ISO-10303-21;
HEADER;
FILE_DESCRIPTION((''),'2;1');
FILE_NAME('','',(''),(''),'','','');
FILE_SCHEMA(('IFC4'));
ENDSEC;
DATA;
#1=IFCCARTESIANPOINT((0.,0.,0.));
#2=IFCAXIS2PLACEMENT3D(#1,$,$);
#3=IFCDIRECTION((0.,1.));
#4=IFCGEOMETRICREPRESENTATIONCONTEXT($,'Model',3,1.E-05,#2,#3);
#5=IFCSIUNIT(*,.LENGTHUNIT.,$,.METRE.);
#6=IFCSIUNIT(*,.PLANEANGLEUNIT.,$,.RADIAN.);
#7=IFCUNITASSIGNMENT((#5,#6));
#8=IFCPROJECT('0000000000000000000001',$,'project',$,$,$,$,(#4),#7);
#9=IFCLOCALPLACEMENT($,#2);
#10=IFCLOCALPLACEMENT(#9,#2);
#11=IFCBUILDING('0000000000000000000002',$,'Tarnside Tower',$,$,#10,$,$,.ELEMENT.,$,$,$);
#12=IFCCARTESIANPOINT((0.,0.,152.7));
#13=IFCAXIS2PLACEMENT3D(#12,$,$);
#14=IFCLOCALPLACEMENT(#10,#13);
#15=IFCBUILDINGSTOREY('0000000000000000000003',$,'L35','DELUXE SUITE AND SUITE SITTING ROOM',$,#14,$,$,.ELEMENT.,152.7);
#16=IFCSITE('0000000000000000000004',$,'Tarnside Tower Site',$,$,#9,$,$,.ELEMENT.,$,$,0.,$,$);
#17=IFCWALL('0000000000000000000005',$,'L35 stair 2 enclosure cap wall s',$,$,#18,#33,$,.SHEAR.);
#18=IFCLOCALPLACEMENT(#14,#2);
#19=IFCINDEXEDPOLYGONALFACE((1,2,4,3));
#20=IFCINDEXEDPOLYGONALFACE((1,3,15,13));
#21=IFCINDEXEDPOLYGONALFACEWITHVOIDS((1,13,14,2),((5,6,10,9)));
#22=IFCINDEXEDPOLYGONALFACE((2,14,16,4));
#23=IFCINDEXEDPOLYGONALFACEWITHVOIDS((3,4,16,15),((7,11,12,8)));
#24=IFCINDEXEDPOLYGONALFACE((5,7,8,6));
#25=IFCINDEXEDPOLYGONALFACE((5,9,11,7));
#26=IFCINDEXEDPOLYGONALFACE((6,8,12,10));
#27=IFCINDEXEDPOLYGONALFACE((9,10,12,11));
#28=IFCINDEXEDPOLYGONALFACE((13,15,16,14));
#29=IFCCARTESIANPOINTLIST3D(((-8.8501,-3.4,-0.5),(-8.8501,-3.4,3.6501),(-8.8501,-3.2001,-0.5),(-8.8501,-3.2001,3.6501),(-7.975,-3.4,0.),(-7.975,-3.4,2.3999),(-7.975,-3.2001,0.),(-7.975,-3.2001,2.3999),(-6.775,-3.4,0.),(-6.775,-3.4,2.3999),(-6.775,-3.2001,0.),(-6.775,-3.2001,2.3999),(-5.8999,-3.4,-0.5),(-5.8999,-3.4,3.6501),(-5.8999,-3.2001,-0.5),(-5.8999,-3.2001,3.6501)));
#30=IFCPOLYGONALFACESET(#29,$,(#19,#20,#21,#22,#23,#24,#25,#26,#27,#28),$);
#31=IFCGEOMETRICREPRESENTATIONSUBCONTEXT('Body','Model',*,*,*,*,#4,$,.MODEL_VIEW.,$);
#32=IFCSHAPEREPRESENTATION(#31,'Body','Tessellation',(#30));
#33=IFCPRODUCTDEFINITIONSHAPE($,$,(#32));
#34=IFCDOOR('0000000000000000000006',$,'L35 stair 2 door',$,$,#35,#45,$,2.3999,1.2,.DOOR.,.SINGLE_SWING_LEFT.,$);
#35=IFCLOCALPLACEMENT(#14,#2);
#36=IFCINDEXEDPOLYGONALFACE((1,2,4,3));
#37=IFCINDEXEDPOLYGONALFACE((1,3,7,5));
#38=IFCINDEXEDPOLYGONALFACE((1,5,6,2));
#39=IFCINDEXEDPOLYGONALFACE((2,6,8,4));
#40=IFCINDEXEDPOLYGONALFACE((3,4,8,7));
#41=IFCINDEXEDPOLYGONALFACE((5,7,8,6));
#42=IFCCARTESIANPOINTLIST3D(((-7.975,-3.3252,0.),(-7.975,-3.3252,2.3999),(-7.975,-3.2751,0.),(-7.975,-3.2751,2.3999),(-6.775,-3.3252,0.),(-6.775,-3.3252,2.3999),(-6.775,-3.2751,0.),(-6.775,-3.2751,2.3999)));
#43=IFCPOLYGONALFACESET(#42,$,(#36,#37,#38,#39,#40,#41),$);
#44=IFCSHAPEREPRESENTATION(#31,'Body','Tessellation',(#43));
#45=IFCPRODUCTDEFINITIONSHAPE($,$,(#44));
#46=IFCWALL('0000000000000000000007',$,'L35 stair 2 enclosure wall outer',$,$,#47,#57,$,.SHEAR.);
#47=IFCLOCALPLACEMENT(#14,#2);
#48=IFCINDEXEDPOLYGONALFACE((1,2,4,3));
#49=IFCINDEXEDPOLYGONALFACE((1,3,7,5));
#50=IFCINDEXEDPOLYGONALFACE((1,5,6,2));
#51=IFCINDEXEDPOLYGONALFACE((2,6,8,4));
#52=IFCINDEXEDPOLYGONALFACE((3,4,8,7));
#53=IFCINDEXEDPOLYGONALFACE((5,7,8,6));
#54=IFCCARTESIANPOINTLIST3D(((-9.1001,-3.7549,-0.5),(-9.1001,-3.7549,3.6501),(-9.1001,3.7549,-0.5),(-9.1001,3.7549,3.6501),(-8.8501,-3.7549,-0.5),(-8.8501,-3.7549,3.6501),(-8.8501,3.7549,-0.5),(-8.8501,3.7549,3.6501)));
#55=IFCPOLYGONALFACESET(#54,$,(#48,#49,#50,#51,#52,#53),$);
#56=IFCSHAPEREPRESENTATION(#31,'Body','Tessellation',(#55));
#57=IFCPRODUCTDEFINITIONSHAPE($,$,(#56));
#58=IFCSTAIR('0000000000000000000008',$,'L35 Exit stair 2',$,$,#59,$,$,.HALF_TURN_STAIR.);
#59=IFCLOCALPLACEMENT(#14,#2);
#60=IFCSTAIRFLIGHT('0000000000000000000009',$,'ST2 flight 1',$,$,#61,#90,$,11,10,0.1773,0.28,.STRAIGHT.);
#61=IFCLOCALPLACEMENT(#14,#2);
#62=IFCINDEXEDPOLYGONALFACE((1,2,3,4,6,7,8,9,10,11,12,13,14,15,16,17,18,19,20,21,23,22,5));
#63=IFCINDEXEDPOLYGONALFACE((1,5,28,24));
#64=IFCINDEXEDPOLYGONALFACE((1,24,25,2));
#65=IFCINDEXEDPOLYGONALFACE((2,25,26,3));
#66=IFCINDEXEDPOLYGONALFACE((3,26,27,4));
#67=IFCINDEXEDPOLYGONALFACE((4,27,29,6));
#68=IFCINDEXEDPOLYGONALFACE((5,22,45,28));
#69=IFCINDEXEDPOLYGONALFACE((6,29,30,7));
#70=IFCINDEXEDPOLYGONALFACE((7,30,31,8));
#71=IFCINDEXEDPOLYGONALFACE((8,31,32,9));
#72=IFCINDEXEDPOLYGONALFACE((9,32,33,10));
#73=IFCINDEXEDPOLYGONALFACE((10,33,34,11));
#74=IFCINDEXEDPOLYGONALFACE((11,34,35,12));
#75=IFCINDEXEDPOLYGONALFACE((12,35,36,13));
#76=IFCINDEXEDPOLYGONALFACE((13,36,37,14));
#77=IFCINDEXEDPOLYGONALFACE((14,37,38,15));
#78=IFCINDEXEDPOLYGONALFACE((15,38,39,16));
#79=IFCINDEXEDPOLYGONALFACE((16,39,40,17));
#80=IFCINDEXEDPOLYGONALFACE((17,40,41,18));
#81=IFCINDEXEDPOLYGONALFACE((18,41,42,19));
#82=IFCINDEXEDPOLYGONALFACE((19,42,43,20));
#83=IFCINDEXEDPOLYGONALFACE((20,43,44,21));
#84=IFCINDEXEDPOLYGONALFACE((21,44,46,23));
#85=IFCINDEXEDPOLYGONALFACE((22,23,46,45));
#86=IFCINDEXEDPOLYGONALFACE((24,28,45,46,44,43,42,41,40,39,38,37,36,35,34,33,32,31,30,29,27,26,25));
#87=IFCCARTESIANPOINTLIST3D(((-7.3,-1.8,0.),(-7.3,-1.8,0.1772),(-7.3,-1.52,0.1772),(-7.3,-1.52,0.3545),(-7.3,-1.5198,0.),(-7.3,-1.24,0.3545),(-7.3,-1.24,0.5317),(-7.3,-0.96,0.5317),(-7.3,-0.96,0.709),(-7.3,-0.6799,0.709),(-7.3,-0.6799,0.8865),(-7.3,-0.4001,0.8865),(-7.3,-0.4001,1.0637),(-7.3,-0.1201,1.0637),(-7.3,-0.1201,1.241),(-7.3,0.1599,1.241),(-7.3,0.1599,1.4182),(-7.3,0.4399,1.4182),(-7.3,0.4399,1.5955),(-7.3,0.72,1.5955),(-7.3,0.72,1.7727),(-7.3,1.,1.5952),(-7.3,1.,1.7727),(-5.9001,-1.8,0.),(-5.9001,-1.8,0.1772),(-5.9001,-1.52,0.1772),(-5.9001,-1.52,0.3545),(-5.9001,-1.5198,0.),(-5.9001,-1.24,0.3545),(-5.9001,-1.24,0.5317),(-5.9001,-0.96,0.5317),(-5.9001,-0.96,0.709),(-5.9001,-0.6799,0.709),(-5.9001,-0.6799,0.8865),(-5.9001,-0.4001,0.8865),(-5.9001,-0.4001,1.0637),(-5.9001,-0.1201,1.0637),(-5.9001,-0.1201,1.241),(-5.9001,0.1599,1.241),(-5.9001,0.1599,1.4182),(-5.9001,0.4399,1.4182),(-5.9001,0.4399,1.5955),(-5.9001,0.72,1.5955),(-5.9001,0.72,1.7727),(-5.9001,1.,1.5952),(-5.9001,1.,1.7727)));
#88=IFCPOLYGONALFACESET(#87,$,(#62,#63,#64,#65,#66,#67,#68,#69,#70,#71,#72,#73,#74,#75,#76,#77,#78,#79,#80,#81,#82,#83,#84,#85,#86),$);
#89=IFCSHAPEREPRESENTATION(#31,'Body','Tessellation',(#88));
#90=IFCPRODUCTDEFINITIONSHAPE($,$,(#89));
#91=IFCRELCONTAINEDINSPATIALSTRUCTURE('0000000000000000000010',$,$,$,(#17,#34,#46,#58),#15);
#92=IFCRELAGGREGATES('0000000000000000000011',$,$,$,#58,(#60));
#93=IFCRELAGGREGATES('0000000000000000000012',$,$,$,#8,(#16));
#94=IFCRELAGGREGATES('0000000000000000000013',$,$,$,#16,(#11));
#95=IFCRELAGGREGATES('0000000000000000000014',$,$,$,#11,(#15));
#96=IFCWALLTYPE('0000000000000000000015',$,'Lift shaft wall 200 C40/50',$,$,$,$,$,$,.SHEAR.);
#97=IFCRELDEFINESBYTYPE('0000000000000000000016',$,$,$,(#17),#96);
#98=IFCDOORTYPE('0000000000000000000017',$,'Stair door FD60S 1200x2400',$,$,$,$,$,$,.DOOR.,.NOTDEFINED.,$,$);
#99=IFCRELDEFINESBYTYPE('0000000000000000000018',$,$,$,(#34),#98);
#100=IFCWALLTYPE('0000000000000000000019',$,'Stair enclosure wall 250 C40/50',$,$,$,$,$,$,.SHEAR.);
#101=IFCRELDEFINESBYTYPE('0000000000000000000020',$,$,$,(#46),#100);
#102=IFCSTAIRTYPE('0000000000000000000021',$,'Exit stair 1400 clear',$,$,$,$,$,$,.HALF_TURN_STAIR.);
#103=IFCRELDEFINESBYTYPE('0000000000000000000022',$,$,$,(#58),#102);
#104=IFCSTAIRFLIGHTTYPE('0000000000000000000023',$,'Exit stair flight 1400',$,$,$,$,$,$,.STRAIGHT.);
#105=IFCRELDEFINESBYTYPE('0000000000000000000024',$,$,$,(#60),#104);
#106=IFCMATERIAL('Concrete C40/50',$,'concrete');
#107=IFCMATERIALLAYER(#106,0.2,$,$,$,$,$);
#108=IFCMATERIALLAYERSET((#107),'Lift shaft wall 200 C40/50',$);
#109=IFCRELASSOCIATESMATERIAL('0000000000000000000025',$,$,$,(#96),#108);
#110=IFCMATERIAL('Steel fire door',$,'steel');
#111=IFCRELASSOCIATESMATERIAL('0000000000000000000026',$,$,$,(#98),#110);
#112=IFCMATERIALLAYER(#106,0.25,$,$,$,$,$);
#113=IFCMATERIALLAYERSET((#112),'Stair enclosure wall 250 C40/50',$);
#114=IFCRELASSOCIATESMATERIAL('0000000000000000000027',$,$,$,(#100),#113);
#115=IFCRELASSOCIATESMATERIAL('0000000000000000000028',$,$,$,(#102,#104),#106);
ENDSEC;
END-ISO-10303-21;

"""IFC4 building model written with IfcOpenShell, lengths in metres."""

from ifc_helpers import new_model, si_unit, direction, frame, frame_2d, origin, place, context, subcontext, project, spatial, polyline, rectangle, outline, extrude, material, layer, layer_set, type_object, element, fill, aggregate, save


model = new_model("IFC4")

# Units and contexts
model_context = context("Model", 3, precision=1e-05, world=origin(), true_north=direction((0.0, 1.0)))
body_context = subcontext(model_context, "Body", "Model", "MODEL_VIEW")
ifc_project = project(units=[si_unit("LENGTHUNIT", "METRE"), si_unit("PLANEANGLEUNIT", "RADIAN")], contexts=[model_context])

# Site, building, storey
site_placement = place(None, origin())
site = spatial("IfcSite", under=ifc_project, at=site_placement, Name="Tarnside Tower Site", CompositionType="ELEMENT", RefElevation=0.0)
building_placement = place(site_placement, origin())
building = spatial("IfcBuilding", under=site, at=building_placement, Name="Tarnside Tower", CompositionType="ELEMENT")
storey_placement = place(building_placement, frame((0.0, 0.0, 152.7)))
storey = spatial("IfcBuildingStorey", under=building, at=storey_placement, Name="L35", Description="DELUXE SUITE AND SUITE SITTING ROOM", CompositionType="ELEMENT", Elevation=152.7)

# Shared definitions
ifc_material_1 = material(Name="Steel fire door", Category="steel")

# Shared definitions
ifc_material_2 = material(Name="Concrete C40/50", Category="concrete")
ifc_layer_1 = layer(ifc_material_2, 0.2)
ifc_layer_set_1 = layer_set([ifc_layer_1], Name="Lift shaft wall 200 C40/50")
wall_type_1 = type_object("IfcWallType", Name="Lift shaft wall 200 C40/50", PredefinedType="SHEAR", material=ifc_layer_set_1)

# Wall, opening, door
wall_1_placement = place(storey_placement, frame((-8.8501, -3.3, -0.5), z_axis=(0.0, 0.0, 1.0), x_axis=(1.0, 0.0, 0.0)))
wall_1 = element("IfcWall", 1, at=wall_1_placement, inside=storey, type_object=wall_type_1, Name="L35 stair 2 enclosure cap wall s", PredefinedType="SHEAR", context=body_context, shape_type="SweptSolid", body=[
    extrude(rectangle(XDim=2.9502, YDim=0.2, at=frame_2d((1.4751, 0.0))), origin(), (0.0, 0.0, 1.0), 4.1501),
])
opening_1_placement = place(wall_1_placement, frame((0.875, 0.0, 0.5)))
opening_1 = element("IfcOpeningElement", 2, at=opening_1_placement, cuts=wall_1, PredefinedType="OPENING", context=body_context, shape_type="SweptSolid", body=[
    extrude(rectangle(XDim=1.2, YDim=2.3999, at=frame_2d((0.6001, 1.2))), frame((0.0, 0.1099, 0.0), z_axis=(0.0, -1.0, 0.0), x_axis=(1.0, 0.0, 0.0)), (0.0, 0.0, 1.0), 0.22),
])
door_type_1 = type_object("IfcDoorType", Name="Stair door FD60S 1200x2400", OperationType="NOTDEFINED", PredefinedType="DOOR", material=ifc_material_1)
door_1_placement = place(opening_1_placement, origin())
door_1 = element("IfcDoor", 3, at=door_1_placement, inside=storey, type_object=door_type_1, Name="L35 stair 2 door", OperationType="SINGLE_SWING_LEFT", OverallHeight=2.3999, OverallWidth=1.2, PredefinedType="DOOR", context=body_context, shape_type="SweptSolid", body=[
    extrude(rectangle(XDim=1.2, YDim=2.3999, at=frame_2d((0.6001, 1.2))), frame((0.0, 0.0249, 0.0), z_axis=(0.0, -1.0, 0.0), x_axis=(1.0, 0.0, 0.0)), (0.0, 0.0, 1.0), 0.05),
])
fill(opening_1, door_1)

# Wall
ifc_layer_2 = layer(ifc_material_2, 0.25)
ifc_layer_set_2 = layer_set([ifc_layer_2], Name="Stair enclosure wall 250 C40/50")
wall_type_2 = type_object("IfcWallType", Name="Stair enclosure wall 250 C40/50", PredefinedType="SHEAR", material=ifc_layer_set_2)
wall_2_placement = place(storey_placement, frame((-8.9751, -3.7549, -0.5), z_axis=(0.0, 0.0, 1.0), x_axis=(0.0, 1.0, 0.0)))
element("IfcWall", 4, at=wall_2_placement, inside=storey, type_object=wall_type_2, Name="L35 stair 2 enclosure wall outer", PredefinedType="SHEAR", context=body_context, shape_type="SweptSolid", body=[
    extrude(rectangle(XDim=7.5098, YDim=0.25, at=frame_2d((3.7549, 0.0))), origin(), (0.0, 0.0, 1.0), 4.1501),
])

# Stair, stair flight
stair_type = type_object("IfcStairType", Name="Exit stair 1400 clear", PredefinedType="HALF_TURN_STAIR", material=ifc_material_2)
stair_placement = place(storey_placement, origin())
stair = element("IfcStair", 5, at=stair_placement, inside=storey, type_object=stair_type, Name="L35 Exit stair 2", PredefinedType="HALF_TURN_STAIR")
stair_flight_type = type_object("IfcStairFlightType", Name="Exit stair flight 1400", PredefinedType="STRAIGHT", material=ifc_material_2)
stair_flight_placement = place(storey_placement, frame((-6.6001, -1.8, 0.0), z_axis=(0.0, 0.0, 1.0), x_axis=(0.0, 1.0, 0.0)))
stair_flight = element("IfcStairFlight", 6, at=stair_flight_placement, type_object=stair_flight_type, Name="ST2 flight 1", NumberOfRisers=11, NumberOfTreads=10, PredefinedType="STRAIGHT", RiserHeight=0.1773, TreadLength=0.28, context=body_context, shape_type="SweptSolid", body=[
    extrude(outline(polyline([(0.0, 0.0), (0.0, 0.1772), (0.28, 0.1772), (0.28, 0.3545), (0.5601, 0.3545), (0.5601, 0.5317), (0.8401, 0.5317), (0.8401, 0.709), (1.1201, 0.709), (1.1201, 0.8865), (1.3999, 0.8865), (1.3999, 1.0637), (1.6799, 1.0637), (1.6799, 1.241), (1.96, 1.241), (1.96, 1.4182), (2.24, 1.4182), (2.24, 1.5955), (2.52, 1.5955), (2.52, 1.7727), (2.8, 1.7727), (2.8, 1.95), (2.8, 1.5952), (0.2803, 0.0), (0.0, 0.0)])), frame((0.0, 0.7, 0.0), z_axis=(0.0, -1.0, 0.0), x_axis=(1.0, 0.0, 0.0)), (0.0, 0.0, 1.0), 1.3999),
])
aggregate(stair, [stair_flight])

save(model, "model.ifc")
